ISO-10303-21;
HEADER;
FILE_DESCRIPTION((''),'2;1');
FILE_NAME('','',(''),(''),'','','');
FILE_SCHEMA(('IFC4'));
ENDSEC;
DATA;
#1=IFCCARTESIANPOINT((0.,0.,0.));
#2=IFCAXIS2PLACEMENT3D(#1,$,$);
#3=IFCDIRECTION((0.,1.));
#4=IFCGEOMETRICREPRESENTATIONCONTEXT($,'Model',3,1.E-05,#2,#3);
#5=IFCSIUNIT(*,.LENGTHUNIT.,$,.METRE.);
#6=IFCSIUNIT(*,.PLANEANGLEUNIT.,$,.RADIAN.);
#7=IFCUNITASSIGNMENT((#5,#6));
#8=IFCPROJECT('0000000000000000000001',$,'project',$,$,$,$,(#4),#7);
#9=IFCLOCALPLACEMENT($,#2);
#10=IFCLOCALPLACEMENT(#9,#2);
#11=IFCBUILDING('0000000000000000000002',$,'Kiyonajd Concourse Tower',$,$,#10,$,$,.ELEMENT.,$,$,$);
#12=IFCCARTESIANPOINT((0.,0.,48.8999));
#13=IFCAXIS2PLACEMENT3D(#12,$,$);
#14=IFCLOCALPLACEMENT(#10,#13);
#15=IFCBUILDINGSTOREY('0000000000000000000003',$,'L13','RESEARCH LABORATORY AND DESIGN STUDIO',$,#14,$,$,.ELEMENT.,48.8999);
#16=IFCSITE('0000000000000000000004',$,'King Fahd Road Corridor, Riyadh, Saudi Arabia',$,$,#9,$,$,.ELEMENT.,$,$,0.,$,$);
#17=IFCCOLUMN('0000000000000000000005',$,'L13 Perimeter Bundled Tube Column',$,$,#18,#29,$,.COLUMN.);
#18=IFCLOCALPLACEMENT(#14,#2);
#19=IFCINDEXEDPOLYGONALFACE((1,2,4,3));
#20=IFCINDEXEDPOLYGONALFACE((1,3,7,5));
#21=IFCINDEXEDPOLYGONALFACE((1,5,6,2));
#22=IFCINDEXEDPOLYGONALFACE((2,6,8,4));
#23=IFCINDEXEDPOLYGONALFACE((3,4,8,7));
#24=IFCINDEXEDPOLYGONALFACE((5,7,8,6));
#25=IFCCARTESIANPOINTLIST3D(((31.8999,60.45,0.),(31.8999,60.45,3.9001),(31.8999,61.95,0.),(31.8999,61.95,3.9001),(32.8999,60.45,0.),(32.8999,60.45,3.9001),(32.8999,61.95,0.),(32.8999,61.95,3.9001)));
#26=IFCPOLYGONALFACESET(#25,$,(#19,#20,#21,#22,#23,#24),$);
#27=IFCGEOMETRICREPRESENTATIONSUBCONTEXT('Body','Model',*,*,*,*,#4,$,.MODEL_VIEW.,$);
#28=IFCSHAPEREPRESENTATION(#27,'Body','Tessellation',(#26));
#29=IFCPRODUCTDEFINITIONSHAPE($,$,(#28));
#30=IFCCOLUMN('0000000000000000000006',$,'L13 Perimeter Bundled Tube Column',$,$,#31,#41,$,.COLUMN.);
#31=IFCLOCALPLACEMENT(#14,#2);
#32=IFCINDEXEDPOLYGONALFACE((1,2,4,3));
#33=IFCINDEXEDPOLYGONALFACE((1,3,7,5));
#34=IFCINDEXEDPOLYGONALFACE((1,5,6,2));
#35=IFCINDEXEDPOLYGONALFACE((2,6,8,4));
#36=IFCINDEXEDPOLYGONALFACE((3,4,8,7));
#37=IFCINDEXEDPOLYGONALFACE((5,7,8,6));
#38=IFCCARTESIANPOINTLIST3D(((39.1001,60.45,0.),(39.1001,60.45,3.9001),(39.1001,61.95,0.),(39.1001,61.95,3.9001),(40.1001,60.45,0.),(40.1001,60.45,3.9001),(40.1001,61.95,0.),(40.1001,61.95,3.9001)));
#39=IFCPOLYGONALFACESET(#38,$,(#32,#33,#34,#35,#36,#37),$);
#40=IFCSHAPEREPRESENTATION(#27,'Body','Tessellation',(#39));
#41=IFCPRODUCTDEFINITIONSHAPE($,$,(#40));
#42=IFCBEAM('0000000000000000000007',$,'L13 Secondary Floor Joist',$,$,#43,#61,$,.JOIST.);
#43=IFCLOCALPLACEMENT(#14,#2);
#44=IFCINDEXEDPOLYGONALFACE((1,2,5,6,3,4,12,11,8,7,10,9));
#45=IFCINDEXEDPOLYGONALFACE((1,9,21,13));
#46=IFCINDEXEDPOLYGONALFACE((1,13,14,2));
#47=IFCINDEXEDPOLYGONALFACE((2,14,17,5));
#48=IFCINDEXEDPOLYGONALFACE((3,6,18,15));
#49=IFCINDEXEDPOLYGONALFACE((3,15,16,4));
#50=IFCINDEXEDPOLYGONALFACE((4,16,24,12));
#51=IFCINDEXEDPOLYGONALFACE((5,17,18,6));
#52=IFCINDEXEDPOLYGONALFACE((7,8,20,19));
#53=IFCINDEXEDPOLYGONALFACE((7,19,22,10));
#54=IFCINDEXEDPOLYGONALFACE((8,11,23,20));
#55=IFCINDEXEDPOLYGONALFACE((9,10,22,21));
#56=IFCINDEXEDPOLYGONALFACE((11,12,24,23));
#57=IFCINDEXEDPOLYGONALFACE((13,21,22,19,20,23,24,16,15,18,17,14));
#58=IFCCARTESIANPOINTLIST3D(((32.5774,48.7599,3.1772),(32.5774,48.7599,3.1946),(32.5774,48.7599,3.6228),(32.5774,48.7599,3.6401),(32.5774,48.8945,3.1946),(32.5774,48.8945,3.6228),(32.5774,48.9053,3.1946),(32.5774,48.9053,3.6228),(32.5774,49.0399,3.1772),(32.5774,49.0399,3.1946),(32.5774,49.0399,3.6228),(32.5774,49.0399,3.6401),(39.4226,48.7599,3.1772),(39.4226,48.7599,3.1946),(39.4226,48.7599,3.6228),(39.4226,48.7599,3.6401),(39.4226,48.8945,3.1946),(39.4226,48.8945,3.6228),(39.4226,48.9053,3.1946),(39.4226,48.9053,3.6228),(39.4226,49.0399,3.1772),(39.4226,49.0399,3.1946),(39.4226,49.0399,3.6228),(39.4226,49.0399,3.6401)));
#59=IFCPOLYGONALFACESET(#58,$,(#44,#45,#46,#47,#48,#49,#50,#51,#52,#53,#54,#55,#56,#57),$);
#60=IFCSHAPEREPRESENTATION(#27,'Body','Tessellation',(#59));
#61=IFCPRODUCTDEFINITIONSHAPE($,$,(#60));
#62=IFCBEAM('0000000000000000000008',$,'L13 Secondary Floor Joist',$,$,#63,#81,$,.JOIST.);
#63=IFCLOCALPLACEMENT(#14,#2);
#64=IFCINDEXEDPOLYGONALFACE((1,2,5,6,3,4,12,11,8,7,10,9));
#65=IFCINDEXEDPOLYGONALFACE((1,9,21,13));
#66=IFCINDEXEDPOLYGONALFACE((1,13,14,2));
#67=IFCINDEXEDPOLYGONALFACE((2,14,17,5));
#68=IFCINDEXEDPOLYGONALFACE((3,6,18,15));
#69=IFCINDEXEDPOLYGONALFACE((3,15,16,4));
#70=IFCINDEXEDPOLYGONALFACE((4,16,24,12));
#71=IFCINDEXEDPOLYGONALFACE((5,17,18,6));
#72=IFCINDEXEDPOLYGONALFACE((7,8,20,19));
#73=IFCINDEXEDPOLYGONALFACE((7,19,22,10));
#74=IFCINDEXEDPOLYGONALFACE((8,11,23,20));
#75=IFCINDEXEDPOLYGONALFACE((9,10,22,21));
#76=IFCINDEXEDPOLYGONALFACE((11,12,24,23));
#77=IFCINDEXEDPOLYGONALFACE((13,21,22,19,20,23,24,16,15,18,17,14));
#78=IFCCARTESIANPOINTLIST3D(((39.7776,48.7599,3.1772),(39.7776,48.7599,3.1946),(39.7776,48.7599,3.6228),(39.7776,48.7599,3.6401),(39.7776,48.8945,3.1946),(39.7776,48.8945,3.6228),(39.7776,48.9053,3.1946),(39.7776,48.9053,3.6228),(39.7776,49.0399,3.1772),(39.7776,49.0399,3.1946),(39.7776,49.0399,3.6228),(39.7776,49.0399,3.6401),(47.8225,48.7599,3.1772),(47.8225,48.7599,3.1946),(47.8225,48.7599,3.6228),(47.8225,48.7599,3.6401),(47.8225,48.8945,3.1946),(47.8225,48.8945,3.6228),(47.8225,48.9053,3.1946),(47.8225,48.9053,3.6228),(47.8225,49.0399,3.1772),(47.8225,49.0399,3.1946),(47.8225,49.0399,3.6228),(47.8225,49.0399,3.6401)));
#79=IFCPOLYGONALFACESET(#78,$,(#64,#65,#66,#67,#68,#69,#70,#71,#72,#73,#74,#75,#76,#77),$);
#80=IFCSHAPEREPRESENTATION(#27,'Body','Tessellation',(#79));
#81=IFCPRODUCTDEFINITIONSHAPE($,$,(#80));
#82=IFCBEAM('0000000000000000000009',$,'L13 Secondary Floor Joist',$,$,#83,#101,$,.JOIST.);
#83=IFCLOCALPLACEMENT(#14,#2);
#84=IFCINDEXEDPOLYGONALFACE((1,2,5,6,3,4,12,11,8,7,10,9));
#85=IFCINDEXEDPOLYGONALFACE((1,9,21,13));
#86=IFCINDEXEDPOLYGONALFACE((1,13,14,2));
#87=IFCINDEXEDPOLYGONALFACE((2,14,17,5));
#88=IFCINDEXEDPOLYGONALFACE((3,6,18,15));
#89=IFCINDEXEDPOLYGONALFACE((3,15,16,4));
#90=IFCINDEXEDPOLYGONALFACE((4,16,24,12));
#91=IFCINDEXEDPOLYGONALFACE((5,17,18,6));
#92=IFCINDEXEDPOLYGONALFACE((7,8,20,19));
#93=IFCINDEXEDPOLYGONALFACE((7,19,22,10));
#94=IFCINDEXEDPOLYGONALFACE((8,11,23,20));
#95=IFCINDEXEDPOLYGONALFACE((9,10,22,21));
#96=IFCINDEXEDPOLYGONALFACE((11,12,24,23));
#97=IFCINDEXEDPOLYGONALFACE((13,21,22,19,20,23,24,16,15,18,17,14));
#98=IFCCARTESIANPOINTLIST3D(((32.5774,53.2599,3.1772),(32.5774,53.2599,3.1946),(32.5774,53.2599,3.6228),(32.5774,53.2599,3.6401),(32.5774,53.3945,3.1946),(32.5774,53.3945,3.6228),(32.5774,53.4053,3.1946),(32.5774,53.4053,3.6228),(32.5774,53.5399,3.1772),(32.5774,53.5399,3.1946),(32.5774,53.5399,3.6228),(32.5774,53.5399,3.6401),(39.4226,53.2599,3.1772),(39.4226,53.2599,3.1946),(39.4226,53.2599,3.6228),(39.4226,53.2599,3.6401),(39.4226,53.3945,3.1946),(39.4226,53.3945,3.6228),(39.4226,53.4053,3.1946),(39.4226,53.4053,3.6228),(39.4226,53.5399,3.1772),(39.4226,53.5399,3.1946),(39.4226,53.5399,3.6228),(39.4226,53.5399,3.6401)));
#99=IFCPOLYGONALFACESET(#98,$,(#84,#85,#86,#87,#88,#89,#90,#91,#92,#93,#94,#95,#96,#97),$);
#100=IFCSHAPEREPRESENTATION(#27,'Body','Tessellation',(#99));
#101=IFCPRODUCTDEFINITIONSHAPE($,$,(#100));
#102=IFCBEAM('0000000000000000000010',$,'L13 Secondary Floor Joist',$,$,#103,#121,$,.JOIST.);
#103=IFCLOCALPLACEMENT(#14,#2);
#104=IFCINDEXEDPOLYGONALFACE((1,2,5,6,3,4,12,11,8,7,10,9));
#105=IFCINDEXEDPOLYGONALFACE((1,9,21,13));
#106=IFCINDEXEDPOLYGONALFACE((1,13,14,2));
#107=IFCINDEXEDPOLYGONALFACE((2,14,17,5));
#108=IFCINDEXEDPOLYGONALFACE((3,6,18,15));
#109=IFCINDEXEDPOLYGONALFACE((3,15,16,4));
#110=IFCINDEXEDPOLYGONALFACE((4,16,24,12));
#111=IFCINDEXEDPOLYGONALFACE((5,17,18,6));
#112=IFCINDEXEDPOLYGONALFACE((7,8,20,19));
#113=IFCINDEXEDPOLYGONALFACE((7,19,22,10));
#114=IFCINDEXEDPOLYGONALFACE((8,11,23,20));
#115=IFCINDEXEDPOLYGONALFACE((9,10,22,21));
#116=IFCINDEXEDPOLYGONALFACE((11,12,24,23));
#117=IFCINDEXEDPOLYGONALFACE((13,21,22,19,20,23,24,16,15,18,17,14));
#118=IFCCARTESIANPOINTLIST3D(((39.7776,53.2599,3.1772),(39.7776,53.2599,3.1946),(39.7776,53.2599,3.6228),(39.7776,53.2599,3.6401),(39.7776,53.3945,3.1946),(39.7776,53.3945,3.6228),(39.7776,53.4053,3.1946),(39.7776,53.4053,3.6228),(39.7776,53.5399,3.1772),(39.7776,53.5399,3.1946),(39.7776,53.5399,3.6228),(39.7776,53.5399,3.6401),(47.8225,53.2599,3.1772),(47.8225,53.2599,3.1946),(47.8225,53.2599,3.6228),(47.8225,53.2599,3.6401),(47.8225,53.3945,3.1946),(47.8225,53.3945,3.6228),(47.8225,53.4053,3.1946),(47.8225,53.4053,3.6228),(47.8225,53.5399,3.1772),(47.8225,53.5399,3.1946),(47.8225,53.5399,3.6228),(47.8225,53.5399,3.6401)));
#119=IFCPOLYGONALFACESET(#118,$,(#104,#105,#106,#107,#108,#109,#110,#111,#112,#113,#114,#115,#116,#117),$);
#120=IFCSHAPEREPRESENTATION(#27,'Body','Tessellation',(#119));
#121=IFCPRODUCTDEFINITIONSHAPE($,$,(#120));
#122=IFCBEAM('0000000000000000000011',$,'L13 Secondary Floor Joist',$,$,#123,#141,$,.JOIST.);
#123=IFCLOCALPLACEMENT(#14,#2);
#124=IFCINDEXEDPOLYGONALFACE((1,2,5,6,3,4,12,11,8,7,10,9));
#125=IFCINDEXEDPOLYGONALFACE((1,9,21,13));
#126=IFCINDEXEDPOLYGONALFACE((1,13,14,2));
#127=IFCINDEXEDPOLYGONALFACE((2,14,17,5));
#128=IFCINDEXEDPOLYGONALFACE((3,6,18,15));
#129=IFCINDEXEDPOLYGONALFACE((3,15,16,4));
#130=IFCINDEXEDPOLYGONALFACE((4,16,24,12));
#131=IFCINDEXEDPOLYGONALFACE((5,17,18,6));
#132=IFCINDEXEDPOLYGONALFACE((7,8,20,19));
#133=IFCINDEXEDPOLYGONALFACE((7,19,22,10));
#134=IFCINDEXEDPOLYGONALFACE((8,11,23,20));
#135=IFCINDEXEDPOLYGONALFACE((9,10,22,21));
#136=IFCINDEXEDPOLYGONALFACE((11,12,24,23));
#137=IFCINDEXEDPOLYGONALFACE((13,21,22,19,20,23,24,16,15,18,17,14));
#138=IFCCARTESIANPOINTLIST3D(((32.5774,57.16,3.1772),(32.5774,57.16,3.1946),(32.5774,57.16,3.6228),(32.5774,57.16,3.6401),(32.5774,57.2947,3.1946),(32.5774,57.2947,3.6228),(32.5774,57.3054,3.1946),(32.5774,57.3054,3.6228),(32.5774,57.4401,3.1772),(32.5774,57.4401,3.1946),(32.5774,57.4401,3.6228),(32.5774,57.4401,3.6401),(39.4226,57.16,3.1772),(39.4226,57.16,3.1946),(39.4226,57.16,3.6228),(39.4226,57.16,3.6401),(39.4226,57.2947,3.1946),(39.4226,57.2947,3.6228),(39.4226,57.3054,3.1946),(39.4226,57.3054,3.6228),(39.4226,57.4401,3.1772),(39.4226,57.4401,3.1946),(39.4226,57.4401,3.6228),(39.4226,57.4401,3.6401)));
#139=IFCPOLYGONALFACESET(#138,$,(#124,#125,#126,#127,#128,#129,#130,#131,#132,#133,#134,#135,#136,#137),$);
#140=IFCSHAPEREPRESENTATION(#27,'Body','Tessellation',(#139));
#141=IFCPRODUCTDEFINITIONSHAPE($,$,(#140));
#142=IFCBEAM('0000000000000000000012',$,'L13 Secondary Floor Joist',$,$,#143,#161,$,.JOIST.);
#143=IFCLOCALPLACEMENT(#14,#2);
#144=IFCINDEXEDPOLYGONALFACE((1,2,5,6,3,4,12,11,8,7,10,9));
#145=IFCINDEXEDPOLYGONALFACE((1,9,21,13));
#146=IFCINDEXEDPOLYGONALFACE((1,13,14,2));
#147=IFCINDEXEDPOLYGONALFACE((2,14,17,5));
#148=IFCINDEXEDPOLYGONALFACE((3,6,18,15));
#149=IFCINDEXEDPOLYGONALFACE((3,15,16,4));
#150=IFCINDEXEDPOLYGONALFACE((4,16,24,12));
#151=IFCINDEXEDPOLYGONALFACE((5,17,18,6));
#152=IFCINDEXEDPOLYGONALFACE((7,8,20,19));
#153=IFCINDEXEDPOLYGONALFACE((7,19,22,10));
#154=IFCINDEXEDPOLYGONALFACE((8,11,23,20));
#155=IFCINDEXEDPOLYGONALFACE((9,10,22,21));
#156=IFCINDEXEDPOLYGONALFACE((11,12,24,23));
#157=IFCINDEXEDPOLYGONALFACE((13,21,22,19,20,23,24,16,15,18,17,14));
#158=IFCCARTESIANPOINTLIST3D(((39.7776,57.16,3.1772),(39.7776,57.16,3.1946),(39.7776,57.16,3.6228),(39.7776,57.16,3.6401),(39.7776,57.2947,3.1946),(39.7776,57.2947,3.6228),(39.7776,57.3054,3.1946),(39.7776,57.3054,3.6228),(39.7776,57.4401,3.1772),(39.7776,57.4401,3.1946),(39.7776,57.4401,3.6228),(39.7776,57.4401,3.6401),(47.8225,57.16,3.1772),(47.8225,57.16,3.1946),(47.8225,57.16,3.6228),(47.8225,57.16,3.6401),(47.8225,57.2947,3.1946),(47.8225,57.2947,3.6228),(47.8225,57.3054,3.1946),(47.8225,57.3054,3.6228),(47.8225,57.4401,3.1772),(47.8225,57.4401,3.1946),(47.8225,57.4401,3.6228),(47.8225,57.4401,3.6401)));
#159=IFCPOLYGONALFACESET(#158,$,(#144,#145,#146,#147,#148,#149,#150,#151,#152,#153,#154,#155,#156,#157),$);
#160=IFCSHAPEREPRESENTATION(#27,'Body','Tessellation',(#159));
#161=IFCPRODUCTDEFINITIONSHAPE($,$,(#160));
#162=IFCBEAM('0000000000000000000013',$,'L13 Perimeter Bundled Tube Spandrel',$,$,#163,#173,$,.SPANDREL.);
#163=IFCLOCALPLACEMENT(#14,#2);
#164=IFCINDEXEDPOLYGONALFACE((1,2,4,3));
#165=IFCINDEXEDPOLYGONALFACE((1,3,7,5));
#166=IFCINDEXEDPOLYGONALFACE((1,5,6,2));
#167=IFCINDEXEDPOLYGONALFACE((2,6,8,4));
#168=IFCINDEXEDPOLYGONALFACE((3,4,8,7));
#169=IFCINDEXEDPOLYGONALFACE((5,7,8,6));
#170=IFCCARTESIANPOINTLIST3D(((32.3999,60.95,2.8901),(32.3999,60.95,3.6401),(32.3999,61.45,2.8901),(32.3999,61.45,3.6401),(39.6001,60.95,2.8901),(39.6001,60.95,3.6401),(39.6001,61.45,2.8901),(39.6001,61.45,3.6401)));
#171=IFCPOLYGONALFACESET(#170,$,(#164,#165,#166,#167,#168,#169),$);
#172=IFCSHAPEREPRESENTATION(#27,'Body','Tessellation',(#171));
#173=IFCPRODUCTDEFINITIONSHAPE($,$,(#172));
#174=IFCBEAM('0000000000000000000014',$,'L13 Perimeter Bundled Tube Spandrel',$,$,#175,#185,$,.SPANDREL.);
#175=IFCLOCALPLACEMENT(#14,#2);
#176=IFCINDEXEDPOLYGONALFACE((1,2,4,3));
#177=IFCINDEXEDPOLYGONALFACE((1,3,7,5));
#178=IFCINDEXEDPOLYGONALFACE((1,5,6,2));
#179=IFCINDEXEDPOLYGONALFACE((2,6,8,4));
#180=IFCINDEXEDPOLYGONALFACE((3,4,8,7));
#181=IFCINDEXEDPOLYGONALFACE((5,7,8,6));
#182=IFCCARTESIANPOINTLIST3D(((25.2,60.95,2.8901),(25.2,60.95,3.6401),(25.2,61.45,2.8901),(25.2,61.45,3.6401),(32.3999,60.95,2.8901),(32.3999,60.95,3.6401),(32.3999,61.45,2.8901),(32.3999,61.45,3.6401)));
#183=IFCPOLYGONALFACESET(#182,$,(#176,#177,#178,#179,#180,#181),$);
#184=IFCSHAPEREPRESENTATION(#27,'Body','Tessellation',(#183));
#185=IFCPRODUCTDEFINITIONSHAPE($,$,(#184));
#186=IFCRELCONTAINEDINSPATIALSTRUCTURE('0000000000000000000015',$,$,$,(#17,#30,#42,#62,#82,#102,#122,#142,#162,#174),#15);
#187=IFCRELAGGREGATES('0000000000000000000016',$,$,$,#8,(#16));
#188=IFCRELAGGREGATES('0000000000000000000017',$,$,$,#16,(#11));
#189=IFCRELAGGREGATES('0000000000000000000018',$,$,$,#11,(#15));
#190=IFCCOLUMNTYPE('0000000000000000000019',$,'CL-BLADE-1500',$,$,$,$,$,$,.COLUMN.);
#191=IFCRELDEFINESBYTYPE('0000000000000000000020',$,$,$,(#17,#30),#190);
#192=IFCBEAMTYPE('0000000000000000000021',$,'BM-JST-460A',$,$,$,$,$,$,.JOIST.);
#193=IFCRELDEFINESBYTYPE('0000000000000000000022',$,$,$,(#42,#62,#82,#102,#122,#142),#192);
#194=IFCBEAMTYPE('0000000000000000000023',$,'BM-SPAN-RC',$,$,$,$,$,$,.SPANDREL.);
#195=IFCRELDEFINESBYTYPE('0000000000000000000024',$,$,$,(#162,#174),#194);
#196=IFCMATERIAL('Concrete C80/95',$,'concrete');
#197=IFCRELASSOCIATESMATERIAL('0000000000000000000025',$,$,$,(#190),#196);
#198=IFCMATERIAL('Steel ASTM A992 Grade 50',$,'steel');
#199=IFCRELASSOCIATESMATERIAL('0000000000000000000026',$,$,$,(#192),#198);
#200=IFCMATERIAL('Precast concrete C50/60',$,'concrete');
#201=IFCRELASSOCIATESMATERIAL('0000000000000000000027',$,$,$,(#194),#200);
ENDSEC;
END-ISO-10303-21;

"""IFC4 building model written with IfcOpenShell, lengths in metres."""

from ifc_helpers import new_model, si_unit, direction, frame, origin, origin_2d, place, context, subcontext, project, spatial, rectangle, i_section, extrude, material, material_profile, profile_set, type_object, element, save


model = new_model("IFC4")

# Units and contexts
model_context = context("Model", 3, precision=1e-05, world=origin(), true_north=direction((0.0, 1.0)))
body_context = subcontext(model_context, "Body", "Model", "MODEL_VIEW")
ifc_project = project(units=[si_unit("LENGTHUNIT", "METRE"), si_unit("PLANEANGLEUNIT", "RADIAN")], contexts=[model_context])

# Site, building, storey
site_placement = place(None, origin())
site = spatial("IfcSite", under=ifc_project, at=site_placement, Name="King Fahd Road Corridor, Riyadh, Saudi Arabia", CompositionType="ELEMENT", RefElevation=0.0)
building_placement = place(site_placement, origin())
building = spatial("IfcBuilding", under=site, at=building_placement, Name="Kiyonajd Concourse Tower", CompositionType="ELEMENT")
storey_placement = place(building_placement, frame((0.0, 0.0, 48.8999)))
storey = spatial("IfcBuildingStorey", under=building, at=storey_placement, Name="L13", Description="RESEARCH LABORATORY AND DESIGN STUDIO", CompositionType="ELEMENT", Elevation=48.8999)

# Columns
ifc_material_1 = material(Name="Concrete C80/95", Category="concrete")
ifc_material_profile_1 = material_profile(ifc_material_1, rectangle(XDim=1.0, YDim=1.5, at=origin_2d()), Name="RC-1500x1000")
ifc_profile_set_1 = profile_set([ifc_material_profile_1], Name="Concrete C80/95")
column_type = type_object("IfcColumnType", Name="CL-BLADE-1500", PredefinedType="COLUMN", material=ifc_profile_set_1)
for number, where, z_axis, x_axis, name in (
    (1, (32.3999, 61.2, 0.0), (0.0, 0.0, 1.0), (1.0, 0.0, 0.0), "L13 Perimeter Bundled Tube Column"),
    (2, (39.6001, 61.2, 0.0), (0.0, 0.0, 1.0), (1.0, 0.0, 0.0), "L13 Perimeter Bundled Tube Column"),
):
    element("IfcColumn", number, at=place(storey_placement, frame(where, z_axis=z_axis, x_axis=x_axis)), inside=storey, type_object=column_type, Name=name, PredefinedType="COLUMN", context=body_context, shape_type="SweptSolid", body=[
        extrude(rectangle(XDim=1.0, YDim=1.5, at=origin_2d()), origin(), (0.0, 0.0, 1.0), 3.9001),
    ])

# Beams
ifc_material_2 = material(Name="Steel ASTM A992 Grade 50", Category="steel")
ifc_material_profile_2 = material_profile(ifc_material_2, i_section(OverallWidth=0.28, OverallDepth=0.4629, WebThickness=0.0107, FlangeThickness=0.0173, at=origin_2d()), Name="W460X113")
ifc_profile_set_2 = profile_set([ifc_material_profile_2], Name="Steel ASTM A992 Grade 50")
beam_type_1 = type_object("IfcBeamType", Name="BM-JST-460A", PredefinedType="JOIST", material=ifc_profile_set_2)
beam_1_placement = place(storey_placement, frame((32.5774, 48.8999, 3.4087), z_axis=(1.0, 0.0, 0.0), x_axis=(0.0, 1.0, 0.0)))
element("IfcBeam", 3, at=beam_1_placement, inside=storey, type_object=beam_type_1, Name="L13 Secondary Floor Joist", PredefinedType="JOIST", context=body_context, shape_type="SweptSolid", body=[
    extrude(i_section(OverallWidth=0.28, OverallDepth=0.4629, WebThickness=0.0107, FlangeThickness=0.0173, at=origin_2d()), origin(), (0.0, 0.0, 1.0), 6.8452),
])
beam_2_placement = place(storey_placement, frame((39.7776, 48.8999, 3.4087), z_axis=(1.0, 0.0, 0.0), x_axis=(0.0, 1.0, 0.0)))
element("IfcBeam", 4, at=beam_2_placement, inside=storey, type_object=beam_type_1, Name="L13 Secondary Floor Joist", PredefinedType="JOIST", context=body_context, shape_type="SweptSolid", body=[
    extrude(i_section(OverallWidth=0.28, OverallDepth=0.4629, WebThickness=0.0107, FlangeThickness=0.0173, at=origin_2d()), origin(), (0.0, 0.0, 1.0), 8.0449),
])
beam_3_placement = place(storey_placement, frame((32.5774, 53.3999, 3.4087), z_axis=(1.0, 0.0, 0.0), x_axis=(0.0, 1.0, 0.0)))
element("IfcBeam", 5, at=beam_3_placement, inside=storey, type_object=beam_type_1, Name="L13 Secondary Floor Joist", PredefinedType="JOIST", context=body_context, shape_type="SweptSolid", body=[
    extrude(i_section(OverallWidth=0.28, OverallDepth=0.4629, WebThickness=0.0107, FlangeThickness=0.0173, at=origin_2d()), origin(), (0.0, 0.0, 1.0), 6.8452),
])
beam_4_placement = place(storey_placement, frame((39.7776, 53.3999, 3.4087), z_axis=(1.0, 0.0, 0.0), x_axis=(0.0, 1.0, 0.0)))
element("IfcBeam", 6, at=beam_4_placement, inside=storey, type_object=beam_type_1, Name="L13 Secondary Floor Joist", PredefinedType="JOIST", context=body_context, shape_type="SweptSolid", body=[
    extrude(i_section(OverallWidth=0.28, OverallDepth=0.4629, WebThickness=0.0107, FlangeThickness=0.0173, at=origin_2d()), origin(), (0.0, 0.0, 1.0), 8.0449),
])
beam_5_placement = place(storey_placement, frame((32.5774, 57.3, 3.4087), z_axis=(1.0, 0.0, 0.0), x_axis=(0.0, 1.0, 0.0)))
element("IfcBeam", 7, at=beam_5_placement, inside=storey, type_object=beam_type_1, Name="L13 Secondary Floor Joist", PredefinedType="JOIST", context=body_context, shape_type="SweptSolid", body=[
    extrude(i_section(OverallWidth=0.28, OverallDepth=0.4629, WebThickness=0.0107, FlangeThickness=0.0173, at=origin_2d()), origin(), (0.0, 0.0, 1.0), 6.8452),
])
beam_6_placement = place(storey_placement, frame((39.7776, 57.3, 3.4087), z_axis=(1.0, 0.0, 0.0), x_axis=(0.0, 1.0, 0.0)))
element("IfcBeam", 8, at=beam_6_placement, inside=storey, type_object=beam_type_1, Name="L13 Secondary Floor Joist", PredefinedType="JOIST", context=body_context, shape_type="SweptSolid", body=[
    extrude(i_section(OverallWidth=0.28, OverallDepth=0.4629, WebThickness=0.0107, FlangeThickness=0.0173, at=origin_2d()), origin(), (0.0, 0.0, 1.0), 8.0449),
])
ifc_material_3 = material(Name="Precast concrete C50/60", Category="concrete")
ifc_material_profile_3 = material_profile(ifc_material_3, rectangle(XDim=0.5, YDim=0.75, at=origin_2d()), Name="RCBM-500x750")
ifc_profile_set_3 = profile_set([ifc_material_profile_3], Name="Precast concrete C50/60")
beam_type_2 = type_object("IfcBeamType", Name="BM-SPAN-RC", PredefinedType="SPANDREL", material=ifc_profile_set_3)
beam_7_placement = place(storey_placement, frame((39.6001, 61.2, 3.2651), z_axis=(-1.0, 0.0, 0.0), x_axis=(0.0, -1.0, 0.0)))
element("IfcBeam", 9, at=beam_7_placement, inside=storey, type_object=beam_type_2, Name="L13 Perimeter Bundled Tube Spandrel", PredefinedType="SPANDREL", context=body_context, shape_type="SweptSolid", body=[
    extrude(rectangle(XDim=0.5, YDim=0.75, at=origin_2d()), origin(), (0.0, 0.0, 1.0), 7.2002),
])
beam_8_placement = place(storey_placement, frame((32.3999, 61.2, 3.2651), z_axis=(-1.0, 0.0, 0.0), x_axis=(0.0, -1.0, 0.0)))
element("IfcBeam", 10, at=beam_8_placement, inside=storey, type_object=beam_type_2, Name="L13 Perimeter Bundled Tube Spandrel", PredefinedType="SPANDREL", context=body_context, shape_type="SweptSolid", body=[
    extrude(rectangle(XDim=0.5, YDim=0.75, at=origin_2d()), origin(), (0.0, 0.0, 1.0), 7.2),
])

save(model, "model.ifc")
